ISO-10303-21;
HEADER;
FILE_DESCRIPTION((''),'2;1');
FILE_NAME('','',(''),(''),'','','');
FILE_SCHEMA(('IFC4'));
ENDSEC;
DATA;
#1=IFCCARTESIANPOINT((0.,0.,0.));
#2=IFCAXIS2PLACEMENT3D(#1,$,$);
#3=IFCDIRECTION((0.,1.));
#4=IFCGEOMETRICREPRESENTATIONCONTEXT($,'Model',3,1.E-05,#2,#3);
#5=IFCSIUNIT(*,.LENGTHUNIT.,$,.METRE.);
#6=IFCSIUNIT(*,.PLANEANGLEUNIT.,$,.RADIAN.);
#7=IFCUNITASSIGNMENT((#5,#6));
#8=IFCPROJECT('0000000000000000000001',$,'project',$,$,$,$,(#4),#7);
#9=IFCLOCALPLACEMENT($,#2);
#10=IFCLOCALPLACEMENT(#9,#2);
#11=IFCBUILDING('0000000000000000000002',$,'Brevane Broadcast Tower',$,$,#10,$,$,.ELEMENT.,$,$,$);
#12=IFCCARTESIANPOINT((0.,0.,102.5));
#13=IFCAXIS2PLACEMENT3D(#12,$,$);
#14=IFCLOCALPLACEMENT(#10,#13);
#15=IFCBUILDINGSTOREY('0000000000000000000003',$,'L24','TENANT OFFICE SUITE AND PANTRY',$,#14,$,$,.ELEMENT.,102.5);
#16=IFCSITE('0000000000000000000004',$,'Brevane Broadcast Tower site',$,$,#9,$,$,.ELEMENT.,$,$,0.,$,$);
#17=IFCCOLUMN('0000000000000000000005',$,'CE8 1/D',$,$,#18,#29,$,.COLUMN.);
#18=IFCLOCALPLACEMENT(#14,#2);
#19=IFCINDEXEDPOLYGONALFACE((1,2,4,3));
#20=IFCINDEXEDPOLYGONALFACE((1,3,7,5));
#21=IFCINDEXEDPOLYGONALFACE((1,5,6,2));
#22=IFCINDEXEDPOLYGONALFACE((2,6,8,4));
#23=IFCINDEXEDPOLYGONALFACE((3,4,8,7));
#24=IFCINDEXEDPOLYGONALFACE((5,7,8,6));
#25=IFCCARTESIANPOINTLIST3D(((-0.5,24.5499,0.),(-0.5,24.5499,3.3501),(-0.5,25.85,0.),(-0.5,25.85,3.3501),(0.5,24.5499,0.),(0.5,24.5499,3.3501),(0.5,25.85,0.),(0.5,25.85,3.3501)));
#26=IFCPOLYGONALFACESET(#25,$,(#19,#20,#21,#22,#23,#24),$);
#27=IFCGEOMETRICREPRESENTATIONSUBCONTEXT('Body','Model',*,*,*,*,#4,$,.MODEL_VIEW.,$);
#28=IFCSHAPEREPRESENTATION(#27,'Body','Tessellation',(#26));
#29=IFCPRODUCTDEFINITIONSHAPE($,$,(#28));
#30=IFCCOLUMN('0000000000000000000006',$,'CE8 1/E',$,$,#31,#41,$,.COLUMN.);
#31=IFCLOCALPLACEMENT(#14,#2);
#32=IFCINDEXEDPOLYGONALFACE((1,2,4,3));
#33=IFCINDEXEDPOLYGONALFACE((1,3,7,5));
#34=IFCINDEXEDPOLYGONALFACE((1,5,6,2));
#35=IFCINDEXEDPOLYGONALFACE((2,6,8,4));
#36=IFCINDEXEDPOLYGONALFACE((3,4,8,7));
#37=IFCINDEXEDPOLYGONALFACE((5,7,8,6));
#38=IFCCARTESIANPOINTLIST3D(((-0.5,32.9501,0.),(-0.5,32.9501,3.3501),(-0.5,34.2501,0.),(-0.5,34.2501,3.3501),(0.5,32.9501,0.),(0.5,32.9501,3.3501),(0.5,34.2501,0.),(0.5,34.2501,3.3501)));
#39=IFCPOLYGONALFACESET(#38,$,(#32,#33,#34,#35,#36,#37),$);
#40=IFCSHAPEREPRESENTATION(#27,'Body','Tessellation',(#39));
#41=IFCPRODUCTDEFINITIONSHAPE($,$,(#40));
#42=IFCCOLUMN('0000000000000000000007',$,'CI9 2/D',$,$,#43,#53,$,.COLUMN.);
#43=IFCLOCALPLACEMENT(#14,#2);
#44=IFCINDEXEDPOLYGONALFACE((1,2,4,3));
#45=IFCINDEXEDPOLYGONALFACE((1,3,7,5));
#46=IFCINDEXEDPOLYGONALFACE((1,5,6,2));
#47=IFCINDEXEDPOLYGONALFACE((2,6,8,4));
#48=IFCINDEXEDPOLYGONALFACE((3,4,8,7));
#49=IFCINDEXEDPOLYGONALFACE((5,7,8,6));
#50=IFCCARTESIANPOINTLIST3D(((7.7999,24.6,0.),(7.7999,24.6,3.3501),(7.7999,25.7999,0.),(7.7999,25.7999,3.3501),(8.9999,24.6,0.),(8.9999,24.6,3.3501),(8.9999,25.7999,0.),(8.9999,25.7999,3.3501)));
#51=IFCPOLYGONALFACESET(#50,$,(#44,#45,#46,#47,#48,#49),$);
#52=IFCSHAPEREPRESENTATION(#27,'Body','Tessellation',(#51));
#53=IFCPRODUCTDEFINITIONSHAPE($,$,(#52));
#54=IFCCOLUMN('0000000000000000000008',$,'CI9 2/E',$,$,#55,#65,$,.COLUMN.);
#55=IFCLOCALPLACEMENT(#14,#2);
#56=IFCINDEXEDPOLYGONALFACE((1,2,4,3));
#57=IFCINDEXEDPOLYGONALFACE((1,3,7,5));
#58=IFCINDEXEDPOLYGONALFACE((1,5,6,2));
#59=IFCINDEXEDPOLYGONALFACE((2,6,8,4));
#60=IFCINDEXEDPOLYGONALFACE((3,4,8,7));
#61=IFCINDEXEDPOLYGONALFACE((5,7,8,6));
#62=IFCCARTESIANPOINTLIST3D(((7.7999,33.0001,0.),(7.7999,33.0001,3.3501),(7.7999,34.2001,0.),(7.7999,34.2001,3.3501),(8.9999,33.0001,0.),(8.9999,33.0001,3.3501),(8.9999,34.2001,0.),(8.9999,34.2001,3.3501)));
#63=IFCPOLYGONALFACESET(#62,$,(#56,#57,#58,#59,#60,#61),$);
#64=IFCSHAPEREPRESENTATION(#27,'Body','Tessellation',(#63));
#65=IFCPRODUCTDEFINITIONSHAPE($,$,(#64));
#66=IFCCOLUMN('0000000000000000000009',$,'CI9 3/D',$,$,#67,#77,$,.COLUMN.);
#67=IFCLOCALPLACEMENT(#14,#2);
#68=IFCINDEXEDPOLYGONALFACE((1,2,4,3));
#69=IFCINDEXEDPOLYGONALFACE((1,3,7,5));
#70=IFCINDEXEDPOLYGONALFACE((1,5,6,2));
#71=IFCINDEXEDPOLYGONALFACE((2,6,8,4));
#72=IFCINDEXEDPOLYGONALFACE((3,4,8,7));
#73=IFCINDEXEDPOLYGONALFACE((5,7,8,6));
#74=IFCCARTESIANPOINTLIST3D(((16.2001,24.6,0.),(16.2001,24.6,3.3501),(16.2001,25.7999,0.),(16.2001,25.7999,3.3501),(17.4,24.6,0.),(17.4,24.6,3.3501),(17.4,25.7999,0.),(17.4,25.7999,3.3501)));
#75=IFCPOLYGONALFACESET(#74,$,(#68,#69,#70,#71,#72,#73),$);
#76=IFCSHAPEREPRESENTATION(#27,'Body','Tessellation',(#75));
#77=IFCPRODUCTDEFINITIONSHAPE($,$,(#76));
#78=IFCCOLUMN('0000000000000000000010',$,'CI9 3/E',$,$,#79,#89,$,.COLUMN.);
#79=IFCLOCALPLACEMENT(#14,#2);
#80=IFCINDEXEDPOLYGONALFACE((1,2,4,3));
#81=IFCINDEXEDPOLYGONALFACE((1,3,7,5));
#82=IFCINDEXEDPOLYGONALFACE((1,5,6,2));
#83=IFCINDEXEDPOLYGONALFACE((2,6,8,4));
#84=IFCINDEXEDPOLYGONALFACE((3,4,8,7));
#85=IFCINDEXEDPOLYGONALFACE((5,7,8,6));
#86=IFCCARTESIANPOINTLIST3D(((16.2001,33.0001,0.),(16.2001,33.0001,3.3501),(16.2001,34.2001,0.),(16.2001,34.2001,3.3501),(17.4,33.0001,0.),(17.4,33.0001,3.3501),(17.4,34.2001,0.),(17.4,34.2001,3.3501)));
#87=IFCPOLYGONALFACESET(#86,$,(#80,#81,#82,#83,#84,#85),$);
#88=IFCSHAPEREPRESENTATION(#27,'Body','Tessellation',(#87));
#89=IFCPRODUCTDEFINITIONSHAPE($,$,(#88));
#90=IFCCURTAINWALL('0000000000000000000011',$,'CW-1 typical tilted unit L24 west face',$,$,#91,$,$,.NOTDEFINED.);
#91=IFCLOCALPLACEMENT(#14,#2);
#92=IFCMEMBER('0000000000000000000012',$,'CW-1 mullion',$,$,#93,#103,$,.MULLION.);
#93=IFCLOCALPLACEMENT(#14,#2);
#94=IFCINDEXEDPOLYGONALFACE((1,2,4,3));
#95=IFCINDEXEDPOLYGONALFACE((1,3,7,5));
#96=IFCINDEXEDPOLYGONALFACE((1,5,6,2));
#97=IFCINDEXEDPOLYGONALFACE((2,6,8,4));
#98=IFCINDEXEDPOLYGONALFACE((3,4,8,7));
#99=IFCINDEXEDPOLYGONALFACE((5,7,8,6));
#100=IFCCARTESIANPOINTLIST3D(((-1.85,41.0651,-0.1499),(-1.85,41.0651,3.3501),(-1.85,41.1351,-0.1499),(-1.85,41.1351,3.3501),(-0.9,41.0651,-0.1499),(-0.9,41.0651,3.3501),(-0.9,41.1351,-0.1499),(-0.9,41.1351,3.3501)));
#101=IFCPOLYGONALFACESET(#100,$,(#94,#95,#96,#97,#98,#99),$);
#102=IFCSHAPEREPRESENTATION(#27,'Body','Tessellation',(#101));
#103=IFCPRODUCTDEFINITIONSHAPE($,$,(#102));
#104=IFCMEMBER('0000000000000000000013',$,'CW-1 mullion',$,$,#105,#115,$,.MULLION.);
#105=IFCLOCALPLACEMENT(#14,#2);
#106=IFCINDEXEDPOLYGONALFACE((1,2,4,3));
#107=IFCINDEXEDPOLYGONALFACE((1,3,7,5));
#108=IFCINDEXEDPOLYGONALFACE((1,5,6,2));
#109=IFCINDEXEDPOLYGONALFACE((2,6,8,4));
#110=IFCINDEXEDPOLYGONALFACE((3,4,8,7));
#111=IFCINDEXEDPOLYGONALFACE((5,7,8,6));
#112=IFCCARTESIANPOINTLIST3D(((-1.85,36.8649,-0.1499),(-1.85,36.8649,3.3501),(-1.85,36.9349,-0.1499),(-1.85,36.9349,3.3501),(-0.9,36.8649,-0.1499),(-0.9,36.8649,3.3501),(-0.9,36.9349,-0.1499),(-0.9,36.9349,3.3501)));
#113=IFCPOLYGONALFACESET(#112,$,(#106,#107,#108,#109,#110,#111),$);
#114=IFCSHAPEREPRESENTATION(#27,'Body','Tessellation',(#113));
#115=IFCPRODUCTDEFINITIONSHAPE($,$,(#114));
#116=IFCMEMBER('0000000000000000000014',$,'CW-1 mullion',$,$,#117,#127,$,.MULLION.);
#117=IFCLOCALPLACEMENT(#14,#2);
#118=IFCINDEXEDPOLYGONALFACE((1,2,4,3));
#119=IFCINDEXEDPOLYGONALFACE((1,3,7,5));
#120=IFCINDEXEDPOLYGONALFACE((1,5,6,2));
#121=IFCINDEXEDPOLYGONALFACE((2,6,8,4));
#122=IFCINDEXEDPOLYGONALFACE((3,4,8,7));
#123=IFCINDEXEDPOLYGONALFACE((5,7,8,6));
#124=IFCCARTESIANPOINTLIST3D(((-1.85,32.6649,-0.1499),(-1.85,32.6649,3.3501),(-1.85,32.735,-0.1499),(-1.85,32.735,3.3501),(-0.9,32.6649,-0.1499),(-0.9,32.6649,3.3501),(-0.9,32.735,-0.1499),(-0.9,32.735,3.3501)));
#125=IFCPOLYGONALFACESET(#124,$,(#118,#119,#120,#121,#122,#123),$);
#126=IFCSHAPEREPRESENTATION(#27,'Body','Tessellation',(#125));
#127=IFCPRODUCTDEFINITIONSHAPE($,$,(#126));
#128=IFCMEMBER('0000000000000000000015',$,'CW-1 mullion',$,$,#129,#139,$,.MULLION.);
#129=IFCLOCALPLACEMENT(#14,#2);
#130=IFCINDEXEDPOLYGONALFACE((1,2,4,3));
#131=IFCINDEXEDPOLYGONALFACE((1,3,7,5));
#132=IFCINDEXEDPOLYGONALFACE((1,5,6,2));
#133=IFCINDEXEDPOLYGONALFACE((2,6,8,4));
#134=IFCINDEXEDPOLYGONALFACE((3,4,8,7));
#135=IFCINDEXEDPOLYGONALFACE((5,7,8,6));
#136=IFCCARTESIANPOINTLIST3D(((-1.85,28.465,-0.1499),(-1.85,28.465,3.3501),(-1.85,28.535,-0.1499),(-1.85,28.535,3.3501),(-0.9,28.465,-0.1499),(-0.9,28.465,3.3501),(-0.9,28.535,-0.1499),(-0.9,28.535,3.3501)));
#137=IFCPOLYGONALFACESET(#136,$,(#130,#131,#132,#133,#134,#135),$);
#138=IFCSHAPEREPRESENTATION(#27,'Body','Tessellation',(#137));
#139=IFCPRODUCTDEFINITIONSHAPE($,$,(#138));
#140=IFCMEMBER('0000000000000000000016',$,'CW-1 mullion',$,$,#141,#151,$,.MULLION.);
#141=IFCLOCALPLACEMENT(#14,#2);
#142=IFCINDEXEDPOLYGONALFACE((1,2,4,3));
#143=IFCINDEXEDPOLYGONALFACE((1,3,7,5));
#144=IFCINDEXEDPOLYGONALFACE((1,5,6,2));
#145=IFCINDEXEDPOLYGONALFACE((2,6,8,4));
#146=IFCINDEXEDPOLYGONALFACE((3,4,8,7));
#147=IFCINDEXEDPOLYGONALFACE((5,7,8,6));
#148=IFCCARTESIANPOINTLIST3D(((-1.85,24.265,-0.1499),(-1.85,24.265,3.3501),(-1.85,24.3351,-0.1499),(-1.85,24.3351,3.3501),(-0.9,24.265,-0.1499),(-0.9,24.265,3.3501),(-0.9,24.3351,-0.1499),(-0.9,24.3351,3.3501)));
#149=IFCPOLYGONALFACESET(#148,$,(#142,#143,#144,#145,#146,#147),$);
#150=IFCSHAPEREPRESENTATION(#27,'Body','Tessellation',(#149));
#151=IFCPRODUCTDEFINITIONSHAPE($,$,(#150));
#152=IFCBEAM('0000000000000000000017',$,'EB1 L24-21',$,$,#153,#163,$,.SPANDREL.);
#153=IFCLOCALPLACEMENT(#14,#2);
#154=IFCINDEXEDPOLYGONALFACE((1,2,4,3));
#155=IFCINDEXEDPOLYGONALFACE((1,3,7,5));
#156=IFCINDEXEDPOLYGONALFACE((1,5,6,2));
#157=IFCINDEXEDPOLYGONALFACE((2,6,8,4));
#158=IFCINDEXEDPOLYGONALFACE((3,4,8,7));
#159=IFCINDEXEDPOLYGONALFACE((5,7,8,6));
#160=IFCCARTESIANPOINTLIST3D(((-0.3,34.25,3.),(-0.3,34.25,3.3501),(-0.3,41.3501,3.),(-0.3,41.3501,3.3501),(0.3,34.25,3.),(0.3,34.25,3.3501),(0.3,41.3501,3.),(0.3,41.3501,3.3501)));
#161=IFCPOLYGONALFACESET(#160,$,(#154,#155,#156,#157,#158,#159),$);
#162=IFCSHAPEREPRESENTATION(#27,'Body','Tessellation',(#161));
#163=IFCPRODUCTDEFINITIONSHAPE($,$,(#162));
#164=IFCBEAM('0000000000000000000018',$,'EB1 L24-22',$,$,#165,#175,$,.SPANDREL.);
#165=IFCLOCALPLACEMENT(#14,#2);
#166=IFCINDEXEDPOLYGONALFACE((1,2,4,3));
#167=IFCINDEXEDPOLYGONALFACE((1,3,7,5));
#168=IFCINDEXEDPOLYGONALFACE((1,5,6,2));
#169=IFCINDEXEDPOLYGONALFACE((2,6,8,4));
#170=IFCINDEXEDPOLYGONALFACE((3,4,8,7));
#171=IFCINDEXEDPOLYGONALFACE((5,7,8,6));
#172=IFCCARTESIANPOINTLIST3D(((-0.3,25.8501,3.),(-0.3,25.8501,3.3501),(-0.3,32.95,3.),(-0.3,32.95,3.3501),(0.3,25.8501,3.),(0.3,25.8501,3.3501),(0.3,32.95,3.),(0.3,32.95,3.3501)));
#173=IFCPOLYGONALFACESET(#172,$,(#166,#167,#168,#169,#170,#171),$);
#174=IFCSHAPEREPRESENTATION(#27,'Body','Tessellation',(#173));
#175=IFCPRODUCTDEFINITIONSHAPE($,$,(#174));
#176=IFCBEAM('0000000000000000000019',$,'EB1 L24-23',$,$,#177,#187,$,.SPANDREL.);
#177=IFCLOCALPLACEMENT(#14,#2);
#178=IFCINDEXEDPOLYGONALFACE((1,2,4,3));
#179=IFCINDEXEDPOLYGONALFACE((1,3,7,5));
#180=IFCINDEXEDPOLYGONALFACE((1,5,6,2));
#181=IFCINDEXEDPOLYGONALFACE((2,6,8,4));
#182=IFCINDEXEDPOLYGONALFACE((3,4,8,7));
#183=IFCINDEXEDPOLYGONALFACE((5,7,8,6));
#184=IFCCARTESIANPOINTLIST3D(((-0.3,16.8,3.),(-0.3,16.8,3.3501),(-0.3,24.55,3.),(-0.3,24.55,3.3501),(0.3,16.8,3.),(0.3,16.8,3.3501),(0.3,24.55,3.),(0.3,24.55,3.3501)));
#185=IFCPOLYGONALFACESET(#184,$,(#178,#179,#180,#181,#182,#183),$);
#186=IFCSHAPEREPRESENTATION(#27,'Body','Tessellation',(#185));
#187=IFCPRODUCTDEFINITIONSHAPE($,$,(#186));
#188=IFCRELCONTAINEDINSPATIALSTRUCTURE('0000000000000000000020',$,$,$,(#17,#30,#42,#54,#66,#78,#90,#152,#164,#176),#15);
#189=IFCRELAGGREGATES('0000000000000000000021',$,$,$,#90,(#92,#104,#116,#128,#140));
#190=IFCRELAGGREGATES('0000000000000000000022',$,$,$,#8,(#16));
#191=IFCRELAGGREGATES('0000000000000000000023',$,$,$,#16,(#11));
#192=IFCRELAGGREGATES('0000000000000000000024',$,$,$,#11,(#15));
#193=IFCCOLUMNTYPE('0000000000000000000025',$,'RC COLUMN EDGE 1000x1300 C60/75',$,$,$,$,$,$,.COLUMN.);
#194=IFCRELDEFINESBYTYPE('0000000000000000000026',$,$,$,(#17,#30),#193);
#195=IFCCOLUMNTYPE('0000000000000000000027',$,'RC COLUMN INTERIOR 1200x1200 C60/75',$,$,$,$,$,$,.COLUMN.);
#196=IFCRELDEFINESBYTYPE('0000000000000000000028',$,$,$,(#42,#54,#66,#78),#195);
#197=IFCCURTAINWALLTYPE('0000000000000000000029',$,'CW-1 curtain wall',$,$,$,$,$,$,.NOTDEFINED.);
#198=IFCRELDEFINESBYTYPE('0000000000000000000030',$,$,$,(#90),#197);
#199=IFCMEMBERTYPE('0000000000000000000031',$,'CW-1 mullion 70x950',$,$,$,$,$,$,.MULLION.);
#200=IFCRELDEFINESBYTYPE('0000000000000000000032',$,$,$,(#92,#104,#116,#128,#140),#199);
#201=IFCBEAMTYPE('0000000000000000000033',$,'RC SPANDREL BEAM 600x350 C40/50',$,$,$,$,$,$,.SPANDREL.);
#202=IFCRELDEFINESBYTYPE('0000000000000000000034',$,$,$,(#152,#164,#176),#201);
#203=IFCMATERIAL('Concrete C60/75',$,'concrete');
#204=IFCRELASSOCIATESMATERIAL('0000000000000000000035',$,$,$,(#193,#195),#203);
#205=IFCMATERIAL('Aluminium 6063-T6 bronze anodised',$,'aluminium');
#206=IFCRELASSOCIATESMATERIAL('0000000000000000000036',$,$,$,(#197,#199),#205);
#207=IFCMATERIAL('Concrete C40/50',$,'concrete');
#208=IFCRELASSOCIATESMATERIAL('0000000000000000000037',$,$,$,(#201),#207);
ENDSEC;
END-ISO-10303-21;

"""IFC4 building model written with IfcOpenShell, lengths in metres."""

from ifc_helpers import new_model, si_unit, direction, frame, origin, origin_2d, place, context, subcontext, project, spatial, rectangle, extrude, material, material_profile, profile_set, type_object, element, aggregate, save


model = new_model("IFC4")

# Units and contexts
model_context = context("Model", 3, precision=1e-05, world=origin(), true_north=direction((0.0, 1.0)))
body_context = subcontext(model_context, "Body", "Model", "MODEL_VIEW")
ifc_project = project(units=[si_unit("LENGTHUNIT", "METRE"), si_unit("PLANEANGLEUNIT", "RADIAN")], contexts=[model_context])

# Site, building, storey
site_placement = place(None, origin())
site = spatial("IfcSite", under=ifc_project, at=site_placement, Name="Brevane Broadcast Tower site", CompositionType="ELEMENT", RefElevation=0.0)
building_placement = place(site_placement, origin())
building = spatial("IfcBuilding", under=site, at=building_placement, Name="Brevane Broadcast Tower", CompositionType="ELEMENT")
storey_placement = place(building_placement, frame((0.0, 0.0, 102.5)))
storey = spatial("IfcBuildingStorey", under=building, at=storey_placement, Name="L24", Description="TENANT OFFICE SUITE AND PANTRY", CompositionType="ELEMENT", Elevation=102.5)

# Columns
ifc_material_1 = material(Name="Concrete C60/75", Category="concrete")
ifc_material_profile_1 = material_profile(ifc_material_1, rectangle(XDim=1.0, YDim=1.3, at=origin_2d()), Name="RC 1000x1300")
ifc_profile_set_1 = profile_set([ifc_material_profile_1], Name="Concrete C60/75")
column_type_1 = type_object("IfcColumnType", Name="RC COLUMN EDGE 1000x1300 C60/75", PredefinedType="COLUMN", material=ifc_profile_set_1)
for number, where, z_axis, x_axis, name in (
    (1, (0.0, 25.2, 0.0), (0.0, 0.0, 1.0), (1.0, 0.0, 0.0), "CE8 1/D"),
    (2, (0.0, 33.6001, 0.0), (0.0, 0.0, 1.0), (1.0, 0.0, 0.0), "CE8 1/E"),
):
    element("IfcColumn", number, at=place(storey_placement, frame(where, z_axis=z_axis, x_axis=x_axis)), inside=storey, type_object=column_type_1, Name=name, PredefinedType="COLUMN", context=body_context, shape_type="SweptSolid", body=[
        extrude(rectangle(XDim=1.0, YDim=1.3, at=origin_2d()), origin(), (0.0, 0.0, 1.0), 3.3501),
    ])
ifc_material_profile_2 = material_profile(ifc_material_1, rectangle(XDim=1.2, YDim=1.2, at=origin_2d()), Name="RC 1200x1200")
ifc_profile_set_2 = profile_set([ifc_material_profile_2], Name="Concrete C60/75")
column_type_2 = type_object("IfcColumnType", Name="RC COLUMN INTERIOR 1200x1200 C60/75", PredefinedType="COLUMN", material=ifc_profile_set_2)
for number, where, z_axis, x_axis, name in (
    (3, (8.3999, 25.2, 0.0), (0.0, 0.0, 1.0), (1.0, 0.0, 0.0), "CI9 2/D"),
    (4, (8.3999, 33.6001, 0.0), (0.0, 0.0, 1.0), (1.0, 0.0, 0.0), "CI9 2/E"),
    (5, (16.8, 25.2, 0.0), (0.0, 0.0, 1.0), (1.0, 0.0, 0.0), "CI9 3/D"),
    (6, (16.8, 33.6001, 0.0), (0.0, 0.0, 1.0), (1.0, 0.0, 0.0), "CI9 3/E"),
):
    element("IfcColumn", number, at=place(storey_placement, frame(where, z_axis=z_axis, x_axis=x_axis)), inside=storey, type_object=column_type_2, Name=name, PredefinedType="COLUMN", context=body_context, shape_type="SweptSolid", body=[
        extrude(rectangle(XDim=1.2, YDim=1.2, at=origin_2d()), origin(), (0.0, 0.0, 1.0), 3.3501),
    ])

# Curtain wall, members
ifc_material_2 = material(Name="Aluminium 6063-T6 bronze anodised", Category="aluminium")
curtain_wall_type = type_object("IfcCurtainWallType", Name="CW-1 curtain wall", PredefinedType="NOTDEFINED", material=ifc_material_2)
curtain_wall_placement = place(storey_placement, origin())
curtain_wall = element("IfcCurtainWall", 7, at=curtain_wall_placement, inside=storey, type_object=curtain_wall_type, Name="CW-1 typical tilted unit L24 west face", PredefinedType="NOTDEFINED")
ifc_material_profile_3 = material_profile(ifc_material_2, rectangle(XDim=0.95, YDim=0.0701, at=origin_2d()), Name="RECT 70x950")
ifc_profile_set_3 = profile_set([ifc_material_profile_3], Name="Aluminium 6063-T6 bronze anodised")
member_type = type_object("IfcMemberType", Name="CW-1 mullion 70x950", PredefinedType="MULLION", material=ifc_profile_set_3)
member_1_placement = place(storey_placement, frame((-1.375, 41.1001, -0.1499), z_axis=(0.0, 0.0, 1.0), x_axis=(1.0, 0.0, 0.0)))
member_1 = element("IfcMember", 8, at=member_1_placement, type_object=member_type, Name="CW-1 mullion", PredefinedType="MULLION", context=body_context, shape_type="SweptSolid", body=[
    extrude(rectangle(XDim=0.95, YDim=0.0701, at=origin_2d()), origin(), (0.0, 0.0, 1.0), 3.5),
])
member_2_placement = place(storey_placement, frame((-1.375, 36.8999, -0.1499), z_axis=(0.0, 0.0, 1.0), x_axis=(1.0, 0.0, 0.0)))
member_2 = element("IfcMember", 9, at=member_2_placement, type_object=member_type, Name="CW-1 mullion", PredefinedType="MULLION", context=body_context, shape_type="SweptSolid", body=[
    extrude(rectangle(XDim=0.95, YDim=0.0701, at=origin_2d()), origin(), (0.0, 0.0, 1.0), 3.5),
])
member_3_placement = place(storey_placement, frame((-1.375, 32.7, -0.1499), z_axis=(0.0, 0.0, 1.0), x_axis=(1.0, 0.0, 0.0)))
member_3 = element("IfcMember", 10, at=member_3_placement, type_object=member_type, Name="CW-1 mullion", PredefinedType="MULLION", context=body_context, shape_type="SweptSolid", body=[
    extrude(rectangle(XDim=0.95, YDim=0.0701, at=origin_2d()), origin(), (0.0, 0.0, 1.0), 3.5),
])
member_4_placement = place(storey_placement, frame((-1.375, 28.5, -0.1499), z_axis=(0.0, 0.0, 1.0), x_axis=(1.0, 0.0, 0.0)))
member_4 = element("IfcMember", 11, at=member_4_placement, type_object=member_type, Name="CW-1 mullion", PredefinedType="MULLION", context=body_context, shape_type="SweptSolid", body=[
    extrude(rectangle(XDim=0.95, YDim=0.0701, at=origin_2d()), origin(), (0.0, 0.0, 1.0), 3.5),
])
member_5_placement = place(storey_placement, frame((-1.375, 24.3, -0.1499), z_axis=(0.0, 0.0, 1.0), x_axis=(1.0, 0.0, 0.0)))
member_5 = element("IfcMember", 12, at=member_5_placement, type_object=member_type, Name="CW-1 mullion", PredefinedType="MULLION", context=body_context, shape_type="SweptSolid", body=[
    extrude(rectangle(XDim=0.95, YDim=0.0701, at=origin_2d()), origin(), (0.0, 0.0, 1.0), 3.5),
])
aggregate(curtain_wall, [member_1, member_2, member_3, member_4, member_5])

# Beams
ifc_material_3 = material(Name="Concrete C40/50", Category="concrete")
ifc_material_profile_4 = material_profile(ifc_material_3, rectangle(XDim=0.6001, YDim=0.3501, at=origin_2d()), Name="RC 600x350")
ifc_profile_set_4 = profile_set([ifc_material_profile_4], Name="Concrete C40/50")
beam_type = type_object("IfcBeamType", Name="RC SPANDREL BEAM 600x350 C40/50", PredefinedType="SPANDREL", material=ifc_profile_set_4)
beam_1_placement = place(storey_placement, frame((0.0, 41.3501, 3.175), z_axis=(0.0, -1.0, 0.0), x_axis=(1.0, 0.0, 0.0)))
element("IfcBeam", 13, at=beam_1_placement, inside=storey, type_object=beam_type, Name="EB1 L24-21", PredefinedType="SPANDREL", context=body_context, shape_type="SweptSolid", body=[
    extrude(rectangle(XDim=0.6001, YDim=0.3501, at=origin_2d()), origin(), (0.0, 0.0, 1.0), 7.1001),
])
beam_2_placement = place(storey_placement, frame((0.0, 32.95, 3.175), z_axis=(0.0, -1.0, 0.0), x_axis=(1.0, 0.0, 0.0)))
element("IfcBeam", 14, at=beam_2_placement, inside=storey, type_object=beam_type, Name="EB1 L24-22", PredefinedType="SPANDREL", context=body_context, shape_type="SweptSolid", body=[
    extrude(rectangle(XDim=0.6001, YDim=0.3501, at=origin_2d()), origin(), (0.0, 0.0, 1.0), 7.0999),
])
beam_3_placement = place(storey_placement, frame((0.0, 24.55, 3.175), z_axis=(0.0, -1.0, 0.0), x_axis=(1.0, 0.0, 0.0)))
element("IfcBeam", 15, at=beam_3_placement, inside=storey, type_object=beam_type, Name="EB1 L24-23", PredefinedType="SPANDREL", context=body_context, shape_type="SweptSolid", body=[
    extrude(rectangle(XDim=0.6001, YDim=0.3501, at=origin_2d()), origin(), (0.0, 0.0, 1.0), 7.75),
])

save(model, "model.ifc")
